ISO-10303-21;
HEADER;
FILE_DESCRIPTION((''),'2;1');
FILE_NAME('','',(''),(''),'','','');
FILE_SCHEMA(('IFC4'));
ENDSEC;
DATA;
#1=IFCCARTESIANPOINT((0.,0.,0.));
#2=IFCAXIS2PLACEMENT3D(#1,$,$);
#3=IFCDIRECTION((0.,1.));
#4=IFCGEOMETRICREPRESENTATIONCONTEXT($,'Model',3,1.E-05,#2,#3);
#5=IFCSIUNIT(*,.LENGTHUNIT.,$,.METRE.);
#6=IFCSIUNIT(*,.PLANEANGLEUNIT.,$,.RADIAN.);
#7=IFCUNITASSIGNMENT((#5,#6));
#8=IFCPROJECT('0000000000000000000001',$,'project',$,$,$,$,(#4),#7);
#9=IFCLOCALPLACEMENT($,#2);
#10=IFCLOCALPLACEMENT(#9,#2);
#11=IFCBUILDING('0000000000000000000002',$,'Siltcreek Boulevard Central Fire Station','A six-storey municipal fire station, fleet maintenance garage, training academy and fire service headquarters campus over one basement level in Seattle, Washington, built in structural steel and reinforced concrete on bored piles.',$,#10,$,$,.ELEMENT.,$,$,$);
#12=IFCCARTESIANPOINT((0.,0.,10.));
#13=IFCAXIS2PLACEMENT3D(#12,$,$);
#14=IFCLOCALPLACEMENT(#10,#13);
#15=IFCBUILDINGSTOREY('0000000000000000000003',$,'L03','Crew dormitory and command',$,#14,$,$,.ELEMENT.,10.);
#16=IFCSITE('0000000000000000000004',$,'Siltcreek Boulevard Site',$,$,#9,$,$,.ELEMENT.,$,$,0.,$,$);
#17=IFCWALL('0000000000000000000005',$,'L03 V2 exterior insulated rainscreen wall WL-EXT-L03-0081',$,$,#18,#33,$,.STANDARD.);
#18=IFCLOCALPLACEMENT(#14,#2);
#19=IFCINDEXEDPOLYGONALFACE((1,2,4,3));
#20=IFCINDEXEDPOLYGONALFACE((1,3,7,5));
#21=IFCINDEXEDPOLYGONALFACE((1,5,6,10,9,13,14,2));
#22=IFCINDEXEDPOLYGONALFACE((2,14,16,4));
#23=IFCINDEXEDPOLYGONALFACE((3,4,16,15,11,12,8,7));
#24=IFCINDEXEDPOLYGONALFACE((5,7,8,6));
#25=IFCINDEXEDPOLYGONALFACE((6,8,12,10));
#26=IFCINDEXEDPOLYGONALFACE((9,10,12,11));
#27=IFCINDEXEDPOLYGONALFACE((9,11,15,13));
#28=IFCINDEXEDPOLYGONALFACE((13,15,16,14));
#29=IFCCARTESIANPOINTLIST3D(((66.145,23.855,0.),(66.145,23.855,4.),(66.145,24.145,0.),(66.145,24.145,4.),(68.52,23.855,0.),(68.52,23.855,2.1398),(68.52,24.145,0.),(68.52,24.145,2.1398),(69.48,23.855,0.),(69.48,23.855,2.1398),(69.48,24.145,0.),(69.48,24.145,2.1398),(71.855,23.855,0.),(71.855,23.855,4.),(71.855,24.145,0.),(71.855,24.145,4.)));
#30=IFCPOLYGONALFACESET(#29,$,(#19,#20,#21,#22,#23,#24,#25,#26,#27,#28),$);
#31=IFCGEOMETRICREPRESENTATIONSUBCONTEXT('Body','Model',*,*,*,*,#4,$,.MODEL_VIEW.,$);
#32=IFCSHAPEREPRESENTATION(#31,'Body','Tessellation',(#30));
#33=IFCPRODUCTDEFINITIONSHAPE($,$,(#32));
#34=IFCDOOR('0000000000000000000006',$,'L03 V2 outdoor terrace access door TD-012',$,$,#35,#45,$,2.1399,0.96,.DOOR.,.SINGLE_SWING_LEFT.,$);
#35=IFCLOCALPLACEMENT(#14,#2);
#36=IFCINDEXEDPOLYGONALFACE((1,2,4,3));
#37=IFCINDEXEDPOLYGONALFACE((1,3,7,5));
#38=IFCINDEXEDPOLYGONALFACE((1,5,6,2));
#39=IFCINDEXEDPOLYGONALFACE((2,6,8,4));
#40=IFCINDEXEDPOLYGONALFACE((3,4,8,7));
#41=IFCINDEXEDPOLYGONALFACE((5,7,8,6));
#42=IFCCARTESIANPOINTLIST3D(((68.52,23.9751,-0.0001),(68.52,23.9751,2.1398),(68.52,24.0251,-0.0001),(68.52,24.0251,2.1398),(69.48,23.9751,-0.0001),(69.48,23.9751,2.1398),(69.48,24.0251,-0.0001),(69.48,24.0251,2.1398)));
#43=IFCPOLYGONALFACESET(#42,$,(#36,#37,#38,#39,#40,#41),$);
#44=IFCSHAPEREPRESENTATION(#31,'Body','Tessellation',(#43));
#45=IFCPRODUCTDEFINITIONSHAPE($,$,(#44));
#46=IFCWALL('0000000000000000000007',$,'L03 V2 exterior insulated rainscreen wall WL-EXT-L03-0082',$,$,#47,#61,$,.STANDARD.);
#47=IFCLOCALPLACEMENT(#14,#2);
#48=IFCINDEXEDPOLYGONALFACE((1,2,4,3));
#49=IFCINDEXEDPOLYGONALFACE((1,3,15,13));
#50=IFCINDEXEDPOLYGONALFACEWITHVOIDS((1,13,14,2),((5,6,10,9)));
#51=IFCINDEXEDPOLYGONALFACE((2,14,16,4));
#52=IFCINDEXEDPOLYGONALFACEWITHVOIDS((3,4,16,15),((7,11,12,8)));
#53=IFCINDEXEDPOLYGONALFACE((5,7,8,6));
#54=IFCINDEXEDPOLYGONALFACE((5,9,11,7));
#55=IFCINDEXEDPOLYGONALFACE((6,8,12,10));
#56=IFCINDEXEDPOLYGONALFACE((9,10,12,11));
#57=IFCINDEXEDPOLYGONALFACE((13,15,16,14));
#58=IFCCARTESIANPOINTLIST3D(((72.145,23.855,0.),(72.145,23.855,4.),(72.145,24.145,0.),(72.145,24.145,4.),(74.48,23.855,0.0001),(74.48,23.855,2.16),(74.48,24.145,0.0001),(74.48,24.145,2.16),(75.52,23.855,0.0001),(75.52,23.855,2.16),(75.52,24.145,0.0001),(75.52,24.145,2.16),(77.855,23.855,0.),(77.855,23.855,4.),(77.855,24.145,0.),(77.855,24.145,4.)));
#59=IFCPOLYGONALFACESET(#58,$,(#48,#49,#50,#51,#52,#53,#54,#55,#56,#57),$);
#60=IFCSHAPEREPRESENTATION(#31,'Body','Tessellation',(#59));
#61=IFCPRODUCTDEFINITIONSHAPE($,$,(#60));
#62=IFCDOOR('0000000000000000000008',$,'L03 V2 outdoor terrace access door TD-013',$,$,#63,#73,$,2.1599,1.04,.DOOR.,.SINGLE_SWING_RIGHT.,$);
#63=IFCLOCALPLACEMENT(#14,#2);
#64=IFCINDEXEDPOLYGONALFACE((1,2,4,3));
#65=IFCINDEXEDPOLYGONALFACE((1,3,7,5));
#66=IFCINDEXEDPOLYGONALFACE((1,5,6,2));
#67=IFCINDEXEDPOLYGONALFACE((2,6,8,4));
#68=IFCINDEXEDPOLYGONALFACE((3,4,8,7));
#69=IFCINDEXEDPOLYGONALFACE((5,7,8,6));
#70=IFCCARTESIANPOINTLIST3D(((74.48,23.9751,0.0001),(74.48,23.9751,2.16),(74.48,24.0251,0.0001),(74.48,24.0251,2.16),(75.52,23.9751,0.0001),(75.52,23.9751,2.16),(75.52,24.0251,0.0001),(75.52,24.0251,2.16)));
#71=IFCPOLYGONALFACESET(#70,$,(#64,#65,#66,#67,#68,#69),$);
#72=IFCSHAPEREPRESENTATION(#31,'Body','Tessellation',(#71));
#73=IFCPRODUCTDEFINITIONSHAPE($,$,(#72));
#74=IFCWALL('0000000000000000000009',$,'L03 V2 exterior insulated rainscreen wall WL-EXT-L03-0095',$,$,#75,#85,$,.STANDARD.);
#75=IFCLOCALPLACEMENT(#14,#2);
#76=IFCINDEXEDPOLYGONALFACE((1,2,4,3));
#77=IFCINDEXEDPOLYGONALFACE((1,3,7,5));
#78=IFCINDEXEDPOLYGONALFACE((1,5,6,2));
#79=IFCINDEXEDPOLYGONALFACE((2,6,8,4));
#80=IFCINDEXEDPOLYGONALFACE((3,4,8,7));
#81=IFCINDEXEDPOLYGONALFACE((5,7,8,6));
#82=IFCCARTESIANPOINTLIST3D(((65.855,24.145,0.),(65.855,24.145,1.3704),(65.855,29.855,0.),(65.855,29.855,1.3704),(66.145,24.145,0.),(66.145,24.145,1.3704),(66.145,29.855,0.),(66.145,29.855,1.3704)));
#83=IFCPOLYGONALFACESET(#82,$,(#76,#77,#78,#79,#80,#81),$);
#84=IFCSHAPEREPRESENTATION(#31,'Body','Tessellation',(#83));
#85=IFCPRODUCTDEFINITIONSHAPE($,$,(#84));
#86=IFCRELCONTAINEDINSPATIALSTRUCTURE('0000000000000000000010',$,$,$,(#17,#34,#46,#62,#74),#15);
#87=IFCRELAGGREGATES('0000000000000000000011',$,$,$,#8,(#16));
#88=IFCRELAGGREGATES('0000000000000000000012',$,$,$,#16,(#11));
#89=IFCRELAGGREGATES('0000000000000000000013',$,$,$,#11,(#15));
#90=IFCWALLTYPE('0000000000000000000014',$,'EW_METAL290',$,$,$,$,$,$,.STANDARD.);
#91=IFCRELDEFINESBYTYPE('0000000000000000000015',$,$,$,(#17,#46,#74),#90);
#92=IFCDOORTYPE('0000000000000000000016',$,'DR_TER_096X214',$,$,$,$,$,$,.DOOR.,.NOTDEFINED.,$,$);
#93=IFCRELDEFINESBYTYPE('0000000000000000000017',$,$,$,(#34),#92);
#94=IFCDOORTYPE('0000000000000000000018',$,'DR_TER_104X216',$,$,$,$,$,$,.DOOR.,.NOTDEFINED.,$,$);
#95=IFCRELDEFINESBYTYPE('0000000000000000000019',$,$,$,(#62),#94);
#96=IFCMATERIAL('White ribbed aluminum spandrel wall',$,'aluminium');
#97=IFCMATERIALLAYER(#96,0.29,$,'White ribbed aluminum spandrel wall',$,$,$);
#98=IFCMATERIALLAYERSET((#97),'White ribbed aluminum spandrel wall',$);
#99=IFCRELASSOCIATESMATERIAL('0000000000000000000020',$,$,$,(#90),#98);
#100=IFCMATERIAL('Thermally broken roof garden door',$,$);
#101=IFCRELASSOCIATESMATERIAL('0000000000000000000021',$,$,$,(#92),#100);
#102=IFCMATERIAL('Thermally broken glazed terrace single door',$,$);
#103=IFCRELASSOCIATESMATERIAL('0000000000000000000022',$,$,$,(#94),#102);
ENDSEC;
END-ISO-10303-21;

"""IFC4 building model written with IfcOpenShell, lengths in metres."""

from ifc_helpers import new_model, si_unit, direction, frame, frame_2d, origin, place, context, subcontext, project, spatial, rectangle, extrude, material, layer, layer_set, type_object, element, fill, save


model = new_model("IFC4")

# Units and contexts
model_context = context("Model", 3, precision=1e-05, world=origin(), true_north=direction((0.0, 1.0)))
body_context = subcontext(model_context, "Body", "Model", "MODEL_VIEW")
ifc_project = project(units=[si_unit("LENGTHUNIT", "METRE"), si_unit("PLANEANGLEUNIT", "RADIAN")], contexts=[model_context])

# Site, building, storey
site_placement = place(None, origin())
site = spatial("IfcSite", under=ifc_project, at=site_placement, Name="Siltcreek Boulevard Site", CompositionType="ELEMENT", RefElevation=0.0)
building_placement = place(site_placement, origin())
building = spatial("IfcBuilding", under=site, at=building_placement, Name="Siltcreek Boulevard Central Fire Station", Description="A six-storey municipal fire station, fleet maintenance garage, training academy and fire service headquarters campus over one basement level in Seattle, Washington, built in structural steel and reinforced concrete on bored piles.", CompositionType="ELEMENT")
storey_placement = place(building_placement, frame((0.0, 0.0, 10.0)))
storey = spatial("IfcBuildingStorey", under=building, at=storey_placement, Name="L03", Description="Crew dormitory and command", CompositionType="ELEMENT", Elevation=10.0)

# Walls, openings, doors
ifc_material_1 = material(Name="White ribbed aluminum spandrel wall", Category="aluminium")
ifc_layer = layer(ifc_material_1, 0.29, Name="White ribbed aluminum spandrel wall")
ifc_layer_set = layer_set([ifc_layer], Name="White ribbed aluminum spandrel wall")
wall_type = type_object("IfcWallType", Name="EW_METAL290", PredefinedType="STANDARD", material=ifc_layer_set)
wall_1_placement = place(storey_placement, frame((66.145, 24.0, 0.0), z_axis=(0.0, 0.0, 1.0), x_axis=(1.0, 0.0, 0.0)))
wall_1 = element("IfcWall", 1, at=wall_1_placement, inside=storey, type_object=wall_type, Name="L03 V2 exterior insulated rainscreen wall WL-EXT-L03-0081", PredefinedType="STANDARD", context=body_context, shape_type="SweptSolid", body=[
    extrude(rectangle(XDim=5.71, YDim=0.29, at=frame_2d((2.855, 0.0))), origin(), (0.0, 0.0, 1.0), 4.0),
])
opening_1_placement = place(wall_1_placement, frame((2.375, 0.0, 0.0)))
opening_1 = element("IfcOpeningElement", 2, at=opening_1_placement, cuts=wall_1, PredefinedType="OPENING", context=body_context, shape_type="SweptSolid", body=[
    extrude(rectangle(XDim=0.96, YDim=2.1399, at=frame_2d((0.48, 1.0698))), frame((0.0, 0.155, 0.0), z_axis=(0.0, -1.0, 0.0), x_axis=(1.0, 0.0, 0.0)), (0.0, 0.0, 1.0), 0.3101),
])
ifc_material_2 = material(Name="Thermally broken roof garden door")
door_type_1 = type_object("IfcDoorType", Name="DR_TER_096X214", OperationType="NOTDEFINED", PredefinedType="DOOR", material=ifc_material_2)
door_1_placement = place(opening_1_placement, frame((0.96, 0.0, 0.0), z_axis=(0.0, 0.0, 1.0), x_axis=(-1.0, 0.0, 0.0)))
door_1 = element("IfcDoor", 3, at=door_1_placement, inside=storey, type_object=door_type_1, Name="L03 V2 outdoor terrace access door TD-012", OperationType="SINGLE_SWING_LEFT", OverallHeight=2.1399, OverallWidth=0.96, PredefinedType="DOOR", context=body_context, shape_type="SweptSolid", body=[
    extrude(rectangle(XDim=0.96, YDim=2.1399, at=frame_2d((0.48, 1.0698))), frame((0.0, 0.0249, 0.0), z_axis=(0.0, -1.0, 0.0), x_axis=(1.0, 0.0, 0.0)), (0.0, 0.0, 1.0), 0.05),
])
fill(opening_1, door_1)
wall_2_placement = place(storey_placement, frame((72.145, 24.0, 0.0), z_axis=(0.0, 0.0, 1.0), x_axis=(1.0, 0.0, 0.0)))
wall_2 = element("IfcWall", 4, at=wall_2_placement, inside=storey, type_object=wall_type, Name="L03 V2 exterior insulated rainscreen wall WL-EXT-L03-0082", PredefinedType="STANDARD", context=body_context, shape_type="SweptSolid", body=[
    extrude(rectangle(XDim=5.71, YDim=0.29, at=frame_2d((2.855, 0.0))), origin(), (0.0, 0.0, 1.0), 4.0),
])
opening_2_placement = place(wall_2_placement, frame((2.335, 0.0, 0.0)))
opening_2 = element("IfcOpeningElement", 5, at=opening_2_placement, cuts=wall_2, PredefinedType="OPENING", context=body_context, shape_type="SweptSolid", body=[
    extrude(rectangle(XDim=1.04, YDim=2.1599, at=frame_2d((0.52, 1.0801))), frame((0.0, 0.155, 0.0), z_axis=(0.0, -1.0, 0.0), x_axis=(1.0, 0.0, 0.0)), (0.0, 0.0, 1.0), 0.3101),
])
ifc_material_3 = material(Name="Thermally broken glazed terrace single door")
door_type_2 = type_object("IfcDoorType", Name="DR_TER_104X216", OperationType="NOTDEFINED", PredefinedType="DOOR", material=ifc_material_3)
door_2_placement = place(opening_2_placement, frame((1.04, 0.0, 0.0), z_axis=(0.0, 0.0, 1.0), x_axis=(-1.0, 0.0, 0.0)))
door_2 = element("IfcDoor", 6, at=door_2_placement, inside=storey, type_object=door_type_2, Name="L03 V2 outdoor terrace access door TD-013", OperationType="SINGLE_SWING_RIGHT", OverallHeight=2.1599, OverallWidth=1.04, PredefinedType="DOOR", context=body_context, shape_type="SweptSolid", body=[
    extrude(rectangle(XDim=1.04, YDim=2.1599, at=frame_2d((0.52, 1.0801))), frame((0.0, 0.0249, 0.0), z_axis=(0.0, -1.0, 0.0), x_axis=(1.0, 0.0, 0.0)), (0.0, 0.0, 1.0), 0.05),
])
fill(opening_2, door_2)

# Wall
wall_3_placement = place(storey_placement, frame((66.0, 29.855, 0.0), z_axis=(0.0, 0.0, 1.0), x_axis=(0.0, -1.0, 0.0)))
element("IfcWall", 7, at=wall_3_placement, inside=storey, type_object=wall_type, Name="L03 V2 exterior insulated rainscreen wall WL-EXT-L03-0095", PredefinedType="STANDARD", context=body_context, shape_type="SweptSolid", body=[
    extrude(rectangle(XDim=5.71, YDim=0.29, at=frame_2d((2.855, 0.0))), origin(), (0.0, 0.0, 1.0), 1.3704),
])

save(model, "model.ifc")
